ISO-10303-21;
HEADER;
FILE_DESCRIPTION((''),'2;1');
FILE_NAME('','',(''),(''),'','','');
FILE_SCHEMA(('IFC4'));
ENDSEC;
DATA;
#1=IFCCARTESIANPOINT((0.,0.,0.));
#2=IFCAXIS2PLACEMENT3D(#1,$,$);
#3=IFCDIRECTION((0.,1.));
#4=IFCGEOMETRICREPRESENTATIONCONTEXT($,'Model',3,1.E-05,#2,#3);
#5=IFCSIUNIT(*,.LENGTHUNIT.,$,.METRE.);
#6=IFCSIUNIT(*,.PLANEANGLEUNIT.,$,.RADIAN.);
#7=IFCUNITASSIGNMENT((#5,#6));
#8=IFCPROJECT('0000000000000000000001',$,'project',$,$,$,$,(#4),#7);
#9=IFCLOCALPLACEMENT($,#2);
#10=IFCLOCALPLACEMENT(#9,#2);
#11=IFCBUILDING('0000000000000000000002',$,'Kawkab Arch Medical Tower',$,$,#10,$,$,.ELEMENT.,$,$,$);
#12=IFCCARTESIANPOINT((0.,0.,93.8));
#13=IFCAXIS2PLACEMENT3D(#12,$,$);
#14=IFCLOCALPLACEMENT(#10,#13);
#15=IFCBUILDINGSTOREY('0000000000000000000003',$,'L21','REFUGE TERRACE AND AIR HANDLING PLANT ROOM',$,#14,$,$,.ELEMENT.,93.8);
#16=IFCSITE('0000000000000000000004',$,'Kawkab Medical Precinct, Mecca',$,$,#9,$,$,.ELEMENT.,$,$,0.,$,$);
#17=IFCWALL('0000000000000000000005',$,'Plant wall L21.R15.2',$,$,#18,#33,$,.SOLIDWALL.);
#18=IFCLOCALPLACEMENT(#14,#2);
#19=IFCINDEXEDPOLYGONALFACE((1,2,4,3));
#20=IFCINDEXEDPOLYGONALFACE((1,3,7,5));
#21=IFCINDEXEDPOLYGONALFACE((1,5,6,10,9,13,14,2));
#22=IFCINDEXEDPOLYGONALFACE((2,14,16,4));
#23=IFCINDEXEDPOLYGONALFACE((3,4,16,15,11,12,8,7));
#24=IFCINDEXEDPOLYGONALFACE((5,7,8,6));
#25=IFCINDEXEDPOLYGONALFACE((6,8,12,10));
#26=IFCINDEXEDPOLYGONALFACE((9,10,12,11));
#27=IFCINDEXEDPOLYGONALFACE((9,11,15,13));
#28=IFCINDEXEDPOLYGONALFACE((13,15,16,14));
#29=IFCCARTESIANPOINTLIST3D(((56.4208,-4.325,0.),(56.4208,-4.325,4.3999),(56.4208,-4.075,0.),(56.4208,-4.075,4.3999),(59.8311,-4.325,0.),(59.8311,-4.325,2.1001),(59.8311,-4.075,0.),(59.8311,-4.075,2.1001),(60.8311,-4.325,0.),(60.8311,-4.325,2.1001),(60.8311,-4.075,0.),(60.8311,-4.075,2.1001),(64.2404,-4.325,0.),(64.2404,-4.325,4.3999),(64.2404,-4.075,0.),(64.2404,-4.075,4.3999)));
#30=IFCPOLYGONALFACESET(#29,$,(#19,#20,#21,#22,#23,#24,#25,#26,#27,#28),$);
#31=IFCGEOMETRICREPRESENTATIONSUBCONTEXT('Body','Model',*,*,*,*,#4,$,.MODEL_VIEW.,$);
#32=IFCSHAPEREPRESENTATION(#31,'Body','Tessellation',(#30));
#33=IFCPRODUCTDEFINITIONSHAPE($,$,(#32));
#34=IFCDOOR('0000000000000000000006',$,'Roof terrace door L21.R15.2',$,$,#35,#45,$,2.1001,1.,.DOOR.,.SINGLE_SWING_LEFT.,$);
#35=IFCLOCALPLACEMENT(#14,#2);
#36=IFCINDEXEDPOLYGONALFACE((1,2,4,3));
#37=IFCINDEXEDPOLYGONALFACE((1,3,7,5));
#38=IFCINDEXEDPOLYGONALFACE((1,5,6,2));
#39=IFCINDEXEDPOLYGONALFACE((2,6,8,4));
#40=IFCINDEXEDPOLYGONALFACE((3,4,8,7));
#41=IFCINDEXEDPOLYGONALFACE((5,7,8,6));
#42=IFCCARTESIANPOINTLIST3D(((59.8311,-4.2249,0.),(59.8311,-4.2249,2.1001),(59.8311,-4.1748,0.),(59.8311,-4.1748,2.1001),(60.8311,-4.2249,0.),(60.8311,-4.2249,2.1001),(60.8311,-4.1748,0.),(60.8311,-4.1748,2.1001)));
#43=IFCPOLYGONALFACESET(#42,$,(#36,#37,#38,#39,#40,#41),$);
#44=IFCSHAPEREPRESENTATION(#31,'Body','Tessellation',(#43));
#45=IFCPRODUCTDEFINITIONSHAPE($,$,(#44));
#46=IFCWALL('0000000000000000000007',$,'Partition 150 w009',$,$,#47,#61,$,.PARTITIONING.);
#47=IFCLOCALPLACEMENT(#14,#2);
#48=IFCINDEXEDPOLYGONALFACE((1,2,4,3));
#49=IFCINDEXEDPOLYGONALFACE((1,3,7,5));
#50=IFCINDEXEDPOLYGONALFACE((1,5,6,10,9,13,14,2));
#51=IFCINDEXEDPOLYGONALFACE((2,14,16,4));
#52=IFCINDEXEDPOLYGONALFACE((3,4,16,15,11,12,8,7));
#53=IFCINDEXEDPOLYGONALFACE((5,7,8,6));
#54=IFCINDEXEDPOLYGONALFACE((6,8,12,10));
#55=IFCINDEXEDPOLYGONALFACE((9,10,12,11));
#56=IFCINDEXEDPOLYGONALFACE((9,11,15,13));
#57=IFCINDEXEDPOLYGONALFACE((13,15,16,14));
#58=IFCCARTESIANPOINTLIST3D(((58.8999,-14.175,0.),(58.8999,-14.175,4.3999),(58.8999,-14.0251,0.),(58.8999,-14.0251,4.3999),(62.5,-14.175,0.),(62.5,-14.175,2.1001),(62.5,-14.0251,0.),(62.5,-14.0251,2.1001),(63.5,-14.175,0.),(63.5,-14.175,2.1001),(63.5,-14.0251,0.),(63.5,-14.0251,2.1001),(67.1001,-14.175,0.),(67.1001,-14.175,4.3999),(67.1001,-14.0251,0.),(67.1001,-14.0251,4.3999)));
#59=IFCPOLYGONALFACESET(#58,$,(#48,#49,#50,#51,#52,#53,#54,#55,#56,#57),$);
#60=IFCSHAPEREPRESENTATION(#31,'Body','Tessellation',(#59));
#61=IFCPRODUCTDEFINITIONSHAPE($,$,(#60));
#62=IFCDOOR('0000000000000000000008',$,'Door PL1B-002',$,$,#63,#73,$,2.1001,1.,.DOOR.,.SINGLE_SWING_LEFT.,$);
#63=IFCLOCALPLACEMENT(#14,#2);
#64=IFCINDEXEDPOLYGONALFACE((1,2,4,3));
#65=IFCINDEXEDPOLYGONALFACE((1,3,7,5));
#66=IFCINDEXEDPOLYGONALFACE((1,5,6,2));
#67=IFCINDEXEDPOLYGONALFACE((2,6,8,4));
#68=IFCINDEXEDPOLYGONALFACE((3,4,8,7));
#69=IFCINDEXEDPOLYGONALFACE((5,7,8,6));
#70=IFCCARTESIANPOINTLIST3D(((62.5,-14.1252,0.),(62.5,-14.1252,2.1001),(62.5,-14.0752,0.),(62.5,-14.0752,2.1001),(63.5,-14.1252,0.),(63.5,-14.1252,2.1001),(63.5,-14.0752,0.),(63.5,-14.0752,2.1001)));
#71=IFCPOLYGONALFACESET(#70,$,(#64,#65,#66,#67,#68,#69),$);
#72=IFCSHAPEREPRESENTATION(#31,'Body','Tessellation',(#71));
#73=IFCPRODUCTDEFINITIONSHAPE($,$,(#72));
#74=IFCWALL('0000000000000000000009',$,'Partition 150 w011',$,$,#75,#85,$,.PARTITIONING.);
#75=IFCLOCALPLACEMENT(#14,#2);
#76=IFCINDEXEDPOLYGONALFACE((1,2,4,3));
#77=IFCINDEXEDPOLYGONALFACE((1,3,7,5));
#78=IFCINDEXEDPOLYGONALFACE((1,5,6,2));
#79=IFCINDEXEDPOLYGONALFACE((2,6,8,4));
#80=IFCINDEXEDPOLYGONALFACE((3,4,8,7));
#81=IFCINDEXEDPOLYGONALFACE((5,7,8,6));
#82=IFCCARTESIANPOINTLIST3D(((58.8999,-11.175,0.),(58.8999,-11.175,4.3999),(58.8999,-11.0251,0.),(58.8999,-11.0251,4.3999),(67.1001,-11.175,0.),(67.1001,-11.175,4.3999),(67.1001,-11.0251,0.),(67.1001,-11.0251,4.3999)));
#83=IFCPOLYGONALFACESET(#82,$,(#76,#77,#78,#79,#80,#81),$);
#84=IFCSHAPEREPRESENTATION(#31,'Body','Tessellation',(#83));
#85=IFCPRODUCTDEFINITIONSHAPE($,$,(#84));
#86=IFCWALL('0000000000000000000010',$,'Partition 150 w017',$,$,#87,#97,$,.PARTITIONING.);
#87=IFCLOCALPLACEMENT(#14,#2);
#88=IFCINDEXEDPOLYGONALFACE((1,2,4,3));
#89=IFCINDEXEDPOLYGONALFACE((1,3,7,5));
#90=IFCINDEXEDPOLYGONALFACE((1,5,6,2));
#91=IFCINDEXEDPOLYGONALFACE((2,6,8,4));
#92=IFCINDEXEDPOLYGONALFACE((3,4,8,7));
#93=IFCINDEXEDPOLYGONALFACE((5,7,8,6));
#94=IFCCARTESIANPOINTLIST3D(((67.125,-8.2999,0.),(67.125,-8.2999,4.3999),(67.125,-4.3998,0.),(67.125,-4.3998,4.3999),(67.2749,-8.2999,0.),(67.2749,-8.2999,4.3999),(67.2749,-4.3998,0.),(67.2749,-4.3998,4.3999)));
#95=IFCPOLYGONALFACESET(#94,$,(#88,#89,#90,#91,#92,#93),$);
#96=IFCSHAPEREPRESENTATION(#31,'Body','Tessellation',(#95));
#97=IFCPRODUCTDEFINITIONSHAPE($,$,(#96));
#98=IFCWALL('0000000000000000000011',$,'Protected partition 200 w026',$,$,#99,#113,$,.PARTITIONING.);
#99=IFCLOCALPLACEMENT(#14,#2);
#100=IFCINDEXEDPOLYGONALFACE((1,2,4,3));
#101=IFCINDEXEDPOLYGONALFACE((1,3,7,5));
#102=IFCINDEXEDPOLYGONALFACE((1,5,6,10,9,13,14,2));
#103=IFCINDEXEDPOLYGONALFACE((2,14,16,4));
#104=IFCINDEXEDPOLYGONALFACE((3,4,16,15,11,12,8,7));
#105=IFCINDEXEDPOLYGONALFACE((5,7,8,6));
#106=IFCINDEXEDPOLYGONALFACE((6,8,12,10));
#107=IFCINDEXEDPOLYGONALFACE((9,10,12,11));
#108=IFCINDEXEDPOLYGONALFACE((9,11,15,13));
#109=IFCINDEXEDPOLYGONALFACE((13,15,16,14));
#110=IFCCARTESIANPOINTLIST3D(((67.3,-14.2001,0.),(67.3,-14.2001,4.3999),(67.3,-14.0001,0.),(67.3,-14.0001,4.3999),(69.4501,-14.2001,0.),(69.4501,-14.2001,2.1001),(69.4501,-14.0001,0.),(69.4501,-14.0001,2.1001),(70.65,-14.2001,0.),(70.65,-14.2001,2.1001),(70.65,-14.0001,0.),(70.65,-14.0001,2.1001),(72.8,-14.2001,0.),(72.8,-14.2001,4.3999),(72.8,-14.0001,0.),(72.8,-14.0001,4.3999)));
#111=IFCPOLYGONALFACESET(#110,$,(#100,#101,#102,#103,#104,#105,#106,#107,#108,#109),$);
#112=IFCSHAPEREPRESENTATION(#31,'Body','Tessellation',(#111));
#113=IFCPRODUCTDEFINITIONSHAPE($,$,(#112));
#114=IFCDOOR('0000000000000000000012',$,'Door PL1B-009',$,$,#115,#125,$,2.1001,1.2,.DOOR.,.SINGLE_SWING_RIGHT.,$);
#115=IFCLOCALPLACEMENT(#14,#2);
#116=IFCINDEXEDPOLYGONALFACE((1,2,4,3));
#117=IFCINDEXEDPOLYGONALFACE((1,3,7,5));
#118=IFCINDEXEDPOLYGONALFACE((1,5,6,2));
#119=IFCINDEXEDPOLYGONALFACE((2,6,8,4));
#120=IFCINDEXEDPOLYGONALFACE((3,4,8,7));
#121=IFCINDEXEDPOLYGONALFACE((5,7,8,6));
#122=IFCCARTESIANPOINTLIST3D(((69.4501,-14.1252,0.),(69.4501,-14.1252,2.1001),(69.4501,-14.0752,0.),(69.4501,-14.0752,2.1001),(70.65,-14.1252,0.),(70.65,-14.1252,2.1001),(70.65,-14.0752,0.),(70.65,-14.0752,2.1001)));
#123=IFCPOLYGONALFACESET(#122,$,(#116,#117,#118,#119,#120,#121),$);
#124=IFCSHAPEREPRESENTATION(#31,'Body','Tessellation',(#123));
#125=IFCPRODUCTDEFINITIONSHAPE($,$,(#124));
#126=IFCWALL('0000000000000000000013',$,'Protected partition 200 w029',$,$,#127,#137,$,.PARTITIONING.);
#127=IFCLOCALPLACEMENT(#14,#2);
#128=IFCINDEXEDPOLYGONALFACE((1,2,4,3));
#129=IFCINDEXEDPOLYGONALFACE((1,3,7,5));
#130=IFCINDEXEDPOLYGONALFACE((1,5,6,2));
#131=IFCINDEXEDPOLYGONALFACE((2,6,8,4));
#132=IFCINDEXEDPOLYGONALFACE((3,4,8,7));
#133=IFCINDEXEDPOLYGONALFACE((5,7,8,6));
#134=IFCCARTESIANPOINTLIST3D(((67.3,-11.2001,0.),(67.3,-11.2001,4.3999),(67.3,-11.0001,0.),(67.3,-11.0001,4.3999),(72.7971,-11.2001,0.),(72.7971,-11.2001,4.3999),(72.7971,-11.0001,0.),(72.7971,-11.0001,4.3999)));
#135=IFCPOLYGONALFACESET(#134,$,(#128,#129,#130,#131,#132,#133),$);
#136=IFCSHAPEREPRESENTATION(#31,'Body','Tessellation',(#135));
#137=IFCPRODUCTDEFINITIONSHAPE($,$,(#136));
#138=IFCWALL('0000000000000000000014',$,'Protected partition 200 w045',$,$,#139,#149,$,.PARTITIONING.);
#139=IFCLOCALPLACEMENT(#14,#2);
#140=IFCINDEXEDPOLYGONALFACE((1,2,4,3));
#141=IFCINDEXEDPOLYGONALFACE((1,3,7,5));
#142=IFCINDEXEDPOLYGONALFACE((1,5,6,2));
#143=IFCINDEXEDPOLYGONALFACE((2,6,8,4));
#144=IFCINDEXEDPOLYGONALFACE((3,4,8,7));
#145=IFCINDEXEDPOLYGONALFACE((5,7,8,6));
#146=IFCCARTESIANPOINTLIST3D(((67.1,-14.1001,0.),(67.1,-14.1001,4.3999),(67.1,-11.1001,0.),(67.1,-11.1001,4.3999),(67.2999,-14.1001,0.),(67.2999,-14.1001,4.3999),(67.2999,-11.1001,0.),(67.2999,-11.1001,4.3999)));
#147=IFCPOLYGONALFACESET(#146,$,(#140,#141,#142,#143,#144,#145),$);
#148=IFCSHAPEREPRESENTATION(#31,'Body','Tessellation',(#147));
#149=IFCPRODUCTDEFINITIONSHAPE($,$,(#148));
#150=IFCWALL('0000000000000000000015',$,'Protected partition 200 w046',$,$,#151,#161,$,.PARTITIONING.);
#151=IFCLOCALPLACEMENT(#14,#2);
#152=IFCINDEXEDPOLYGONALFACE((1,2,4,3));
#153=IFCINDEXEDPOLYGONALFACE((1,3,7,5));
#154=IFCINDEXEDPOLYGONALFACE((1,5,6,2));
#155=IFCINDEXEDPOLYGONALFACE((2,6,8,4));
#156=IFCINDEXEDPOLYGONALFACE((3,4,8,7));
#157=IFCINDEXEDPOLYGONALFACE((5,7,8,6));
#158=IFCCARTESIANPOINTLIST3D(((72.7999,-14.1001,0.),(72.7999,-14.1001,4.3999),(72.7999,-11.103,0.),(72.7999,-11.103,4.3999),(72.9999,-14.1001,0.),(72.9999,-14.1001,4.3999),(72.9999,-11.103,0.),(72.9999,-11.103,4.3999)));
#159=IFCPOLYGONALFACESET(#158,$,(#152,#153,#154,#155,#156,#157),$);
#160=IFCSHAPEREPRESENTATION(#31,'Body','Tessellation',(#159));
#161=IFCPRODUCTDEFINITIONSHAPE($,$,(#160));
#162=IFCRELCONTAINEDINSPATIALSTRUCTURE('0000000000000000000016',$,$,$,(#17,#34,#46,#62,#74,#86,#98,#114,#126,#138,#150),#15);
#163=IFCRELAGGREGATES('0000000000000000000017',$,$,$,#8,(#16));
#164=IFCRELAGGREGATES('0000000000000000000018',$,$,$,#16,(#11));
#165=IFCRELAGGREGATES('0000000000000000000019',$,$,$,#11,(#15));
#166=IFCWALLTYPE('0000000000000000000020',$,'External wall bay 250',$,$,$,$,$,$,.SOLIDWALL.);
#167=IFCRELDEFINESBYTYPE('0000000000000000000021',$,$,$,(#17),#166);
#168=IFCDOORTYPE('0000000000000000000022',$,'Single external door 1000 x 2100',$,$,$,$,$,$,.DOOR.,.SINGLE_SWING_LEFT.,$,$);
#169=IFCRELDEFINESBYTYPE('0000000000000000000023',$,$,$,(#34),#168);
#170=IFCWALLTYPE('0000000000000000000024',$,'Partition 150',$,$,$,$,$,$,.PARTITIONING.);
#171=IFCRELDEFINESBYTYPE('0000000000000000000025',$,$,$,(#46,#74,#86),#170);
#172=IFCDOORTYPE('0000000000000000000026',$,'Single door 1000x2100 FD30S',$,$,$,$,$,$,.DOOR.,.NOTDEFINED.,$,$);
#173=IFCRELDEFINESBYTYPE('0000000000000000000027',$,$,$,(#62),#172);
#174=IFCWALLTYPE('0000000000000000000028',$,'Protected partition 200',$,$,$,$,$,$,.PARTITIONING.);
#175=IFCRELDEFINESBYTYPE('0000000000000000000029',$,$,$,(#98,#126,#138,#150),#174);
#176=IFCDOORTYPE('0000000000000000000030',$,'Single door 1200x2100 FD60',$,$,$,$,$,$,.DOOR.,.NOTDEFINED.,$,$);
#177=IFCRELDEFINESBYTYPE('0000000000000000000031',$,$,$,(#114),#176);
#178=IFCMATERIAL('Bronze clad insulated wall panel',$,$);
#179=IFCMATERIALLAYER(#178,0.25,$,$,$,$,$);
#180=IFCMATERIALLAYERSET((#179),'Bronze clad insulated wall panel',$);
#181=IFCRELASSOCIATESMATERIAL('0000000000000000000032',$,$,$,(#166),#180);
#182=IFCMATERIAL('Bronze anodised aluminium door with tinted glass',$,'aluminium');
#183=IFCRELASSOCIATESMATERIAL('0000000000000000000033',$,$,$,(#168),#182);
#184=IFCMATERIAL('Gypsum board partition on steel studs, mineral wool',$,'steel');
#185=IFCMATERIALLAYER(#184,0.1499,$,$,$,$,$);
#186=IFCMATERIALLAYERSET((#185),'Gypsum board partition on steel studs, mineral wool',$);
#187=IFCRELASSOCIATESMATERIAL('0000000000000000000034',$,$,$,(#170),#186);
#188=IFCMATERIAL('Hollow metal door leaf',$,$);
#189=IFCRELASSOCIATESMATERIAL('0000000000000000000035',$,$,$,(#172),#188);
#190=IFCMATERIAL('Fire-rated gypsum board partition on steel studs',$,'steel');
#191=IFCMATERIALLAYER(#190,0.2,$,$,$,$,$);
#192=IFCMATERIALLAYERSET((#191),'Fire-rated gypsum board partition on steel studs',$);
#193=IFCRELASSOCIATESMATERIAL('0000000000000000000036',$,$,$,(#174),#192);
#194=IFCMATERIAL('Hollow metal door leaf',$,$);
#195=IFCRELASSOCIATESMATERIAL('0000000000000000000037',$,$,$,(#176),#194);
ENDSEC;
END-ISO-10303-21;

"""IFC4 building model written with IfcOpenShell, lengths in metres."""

from ifc_helpers import new_model, si_unit, direction, frame, frame_2d, origin, place, context, subcontext, project, spatial, rectangle, extrude, material, layer, layer_set, type_object, element, fill, save


model = new_model("IFC4")

# Units and contexts
model_context = context("Model", 3, precision=1e-05, world=origin(), true_north=direction((0.0, 1.0)))
body_context = subcontext(model_context, "Body", "Model", "MODEL_VIEW")
ifc_project = project(units=[si_unit("LENGTHUNIT", "METRE"), si_unit("PLANEANGLEUNIT", "RADIAN")], contexts=[model_context])

# Site, building, storey
site_placement = place(None, origin())
site = spatial("IfcSite", under=ifc_project, at=site_placement, Name="Kawkab Medical Precinct, Mecca", CompositionType="ELEMENT", RefElevation=0.0)
building_placement = place(site_placement, origin())
building = spatial("IfcBuilding", under=site, at=building_placement, Name="Kawkab Arch Medical Tower", CompositionType="ELEMENT")
storey_placement = place(building_placement, frame((0.0, 0.0, 93.8)))
storey = spatial("IfcBuildingStorey", under=building, at=storey_placement, Name="L21", Description="REFUGE TERRACE AND AIR HANDLING PLANT ROOM", CompositionType="ELEMENT", Elevation=93.8)

# Shared definitions
ifc_material_1 = material(Name="Bronze clad insulated wall panel")
ifc_layer_1 = layer(ifc_material_1, 0.25)
ifc_layer_set_1 = layer_set([ifc_layer_1], Name="Bronze clad insulated wall panel")
wall_type_1 = type_object("IfcWallType", Name="External wall bay 250", PredefinedType="SOLIDWALL", material=ifc_layer_set_1)

# Walls, openings, doors
wall_1_placement = place(storey_placement, frame((64.2402, -4.2, 0.0), z_axis=(0.0, 0.0, 1.0), x_axis=(-1.0, 0.0, 0.0)))
wall_1 = element("IfcWall", 1, at=wall_1_placement, inside=storey, type_object=wall_type_1, Name="Plant wall L21.R15.2", PredefinedType="SOLIDWALL", context=body_context, shape_type="SweptSolid", body=[
    extrude(rectangle(XDim=7.8196, YDim=0.25, at=frame_2d((3.9097, 0.0))), origin(), (0.0, 0.0, 1.0), 4.3999),
])
opening_1_placement = place(wall_1_placement, frame((3.4092, 0.0, 0.0)))
opening_1 = element("IfcOpeningElement", 2, at=opening_1_placement, cuts=wall_1, PredefinedType="OPENING", context=body_context, shape_type="SweptSolid", body=[
    extrude(rectangle(XDim=1.0, YDim=2.1001, at=frame_2d((0.5, 1.05))), frame((0.0, 0.135, 0.0), z_axis=(0.0, -1.0, 0.0), x_axis=(1.0, 0.0, 0.0)), (0.0, 0.0, 1.0), 0.27),
])
ifc_material_2 = material(Name="Bronze anodised aluminium door with tinted glass", Category="aluminium")
door_type_1 = type_object("IfcDoorType", Name="Single external door 1000 x 2100", OperationType="SINGLE_SWING_LEFT", PredefinedType="DOOR", material=ifc_material_2)
door_1_placement = place(opening_1_placement, origin())
door_1 = element("IfcDoor", 3, at=door_1_placement, inside=storey, type_object=door_type_1, Name="Roof terrace door L21.R15.2", OperationType="SINGLE_SWING_LEFT", OverallHeight=2.1001, OverallWidth=1.0, PredefinedType="DOOR", context=body_context, shape_type="SweptSolid", body=[
    extrude(rectangle(XDim=1.0, YDim=2.1001, at=frame_2d((0.5, 1.05))), frame((0.0, 0.0249, 0.0), z_axis=(0.0, -1.0, 0.0), x_axis=(1.0, 0.0, 0.0)), (0.0, 0.0, 1.0), 0.05),
])
fill(opening_1, door_1)
ifc_material_3 = material(Name="Gypsum board partition on steel studs, mineral wool", Category="steel")
ifc_layer_2 = layer(ifc_material_3, 0.1499)
ifc_layer_set_2 = layer_set([ifc_layer_2], Name="Gypsum board partition on steel studs, mineral wool")
wall_type_2 = type_object("IfcWallType", Name="Partition 150", PredefinedType="PARTITIONING", material=ifc_layer_set_2)
wall_2_placement = place(storey_placement, frame((58.8999, -14.1001, 0.0), z_axis=(0.0, 0.0, 1.0), x_axis=(1.0, 0.0, 0.0)))
wall_2 = element("IfcWall", 4, at=wall_2_placement, inside=storey, type_object=wall_type_2, Name="Partition 150 w009", PredefinedType="PARTITIONING", context=body_context, shape_type="SweptSolid", body=[
    extrude(rectangle(XDim=8.2002, YDim=0.1499, at=frame_2d((4.1001, 0.0))), origin(), (0.0, 0.0, 1.0), 4.3999),
])
opening_2_placement = place(wall_2_placement, frame((3.6001, 0.0, 0.0)))
opening_2 = element("IfcOpeningElement", 5, at=opening_2_placement, cuts=wall_2, PredefinedType="OPENING", context=body_context, shape_type="SweptSolid", body=[
    extrude(rectangle(XDim=1.0, YDim=2.1001, at=frame_2d((0.5, 1.05))), frame((0.0, 0.085, 0.0), z_axis=(0.0, -1.0, 0.0), x_axis=(1.0, 0.0, 0.0)), (0.0, 0.0, 1.0), 0.1699),
])
ifc_material_4 = material(Name="Hollow metal door leaf")
door_type_2 = type_object("IfcDoorType", Name="Single door 1000x2100 FD30S", OperationType="NOTDEFINED", PredefinedType="DOOR", material=ifc_material_4)
door_2_placement = place(opening_2_placement, origin())
door_2 = element("IfcDoor", 6, at=door_2_placement, inside=storey, type_object=door_type_2, Name="Door PL1B-002", OperationType="SINGLE_SWING_LEFT", OverallHeight=2.1001, OverallWidth=1.0, PredefinedType="DOOR", context=body_context, shape_type="SweptSolid", body=[
    extrude(rectangle(XDim=1.0, YDim=2.1001, at=frame_2d((0.5, 1.05))), frame((0.0, 0.0249, 0.0), z_axis=(0.0, -1.0, 0.0), x_axis=(1.0, 0.0, 0.0)), (0.0, 0.0, 1.0), 0.05),
])
fill(opening_2, door_2)

# Walls
wall_3_placement = place(storey_placement, frame((58.8999, -11.1001, 0.0), z_axis=(0.0, 0.0, 1.0), x_axis=(1.0, 0.0, 0.0)))
element("IfcWall", 7, at=wall_3_placement, inside=storey, type_object=wall_type_2, Name="Partition 150 w011", PredefinedType="PARTITIONING", context=body_context, shape_type="SweptSolid", body=[
    extrude(rectangle(XDim=8.2002, YDim=0.1499, at=frame_2d((4.1001, 0.0))), origin(), (0.0, 0.0, 1.0), 4.3999),
])
wall_4_placement = place(storey_placement, frame((67.2, -8.3, 0.0), z_axis=(0.0, 0.0, 1.0), x_axis=(0.0, 1.0, 0.0)))
element("IfcWall", 8, at=wall_4_placement, inside=storey, type_object=wall_type_2, Name="Partition 150 w017", PredefinedType="PARTITIONING", context=body_context, shape_type="SweptSolid", body=[
    extrude(rectangle(XDim=3.9001, YDim=0.1499, at=frame_2d((1.9502, 0.0))), origin(), (0.0, 0.0, 1.0), 4.3999),
])

# Wall, opening, door
ifc_material_5 = material(Name="Fire-rated gypsum board partition on steel studs", Category="steel")
ifc_layer_3 = layer(ifc_material_5, 0.2)
ifc_layer_set_3 = layer_set([ifc_layer_3], Name="Fire-rated gypsum board partition on steel studs")
wall_type_3 = type_object("IfcWallType", Name="Protected partition 200", PredefinedType="PARTITIONING", material=ifc_layer_set_3)
wall_5_placement = place(storey_placement, frame((67.3, -14.1001, 0.0), z_axis=(0.0, 0.0, 1.0), x_axis=(1.0, 0.0, 0.0)))
wall_5 = element("IfcWall", 9, at=wall_5_placement, inside=storey, type_object=wall_type_3, Name="Protected partition 200 w026", PredefinedType="PARTITIONING", context=body_context, shape_type="SweptSolid", body=[
    extrude(rectangle(XDim=5.5, YDim=0.2, at=frame_2d((2.75, 0.0))), origin(), (0.0, 0.0, 1.0), 4.3999),
])
opening_3_placement = place(wall_5_placement, frame((2.1499, 0.0, 0.0)))
opening_3 = element("IfcOpeningElement", 10, at=opening_3_placement, cuts=wall_5, PredefinedType="OPENING", context=body_context, shape_type="SweptSolid", body=[
    extrude(rectangle(XDim=1.2, YDim=2.1001, at=frame_2d((0.6001, 1.05))), frame((0.0, 0.1099, 0.0), z_axis=(0.0, -1.0, 0.0), x_axis=(1.0, 0.0, 0.0)), (0.0, 0.0, 1.0), 0.22),
])
ifc_material_6 = material(Name="Hollow metal door leaf")
door_type_3 = type_object("IfcDoorType", Name="Single door 1200x2100 FD60", OperationType="NOTDEFINED", PredefinedType="DOOR", material=ifc_material_6)
door_3_placement = place(opening_3_placement, origin())
door_3 = element("IfcDoor", 11, at=door_3_placement, inside=storey, type_object=door_type_3, Name="Door PL1B-009", OperationType="SINGLE_SWING_RIGHT", OverallHeight=2.1001, OverallWidth=1.2, PredefinedType="DOOR", context=body_context, shape_type="SweptSolid", body=[
    extrude(rectangle(XDim=1.2, YDim=2.1001, at=frame_2d((0.6001, 1.05))), frame((0.0, 0.0249, 0.0), z_axis=(0.0, -1.0, 0.0), x_axis=(1.0, 0.0, 0.0)), (0.0, 0.0, 1.0), 0.05),
])
fill(opening_3, door_3)

# Walls
wall_6_placement = place(storey_placement, frame((67.3, -11.1001, 0.0), z_axis=(0.0, 0.0, 1.0), x_axis=(1.0, 0.0, 0.0)))
element("IfcWall", 12, at=wall_6_placement, inside=storey, type_object=wall_type_3, Name="Protected partition 200 w029", PredefinedType="PARTITIONING", context=body_context, shape_type="SweptSolid", body=[
    extrude(rectangle(XDim=5.4971, YDim=0.2, at=frame_2d((2.7485, 0.0))), origin(), (0.0, 0.0, 1.0), 4.3999),
])
wall_7_placement = place(storey_placement, frame((67.2, -14.1001, 0.0), z_axis=(0.0, 0.0, 1.0), x_axis=(0.0, 1.0, 0.0)))
element("IfcWall", 13, at=wall_7_placement, inside=storey, type_object=wall_type_3, Name="Protected partition 200 w045", PredefinedType="PARTITIONING", context=body_context, shape_type="SweptSolid", body=[
    extrude(rectangle(XDim=3.0, YDim=0.2, at=frame_2d((1.5, 0.0))), origin(), (0.0, 0.0, 1.0), 4.3999),
])
wall_8_placement = place(storey_placement, frame((72.8999, -14.1001, 0.0), z_axis=(0.0, 0.0, 1.0), x_axis=(0.0, 1.0, 0.0)))
element("IfcWall", 14, at=wall_8_placement, inside=storey, type_object=wall_type_3, Name="Protected partition 200 w046", PredefinedType="PARTITIONING", context=body_context, shape_type="SweptSolid", body=[
    extrude(rectangle(XDim=2.9971, YDim=0.2, at=frame_2d((1.4985, 0.0))), origin(), (0.0, 0.0, 1.0), 4.3999),
])

save(model, "model.ifc")
